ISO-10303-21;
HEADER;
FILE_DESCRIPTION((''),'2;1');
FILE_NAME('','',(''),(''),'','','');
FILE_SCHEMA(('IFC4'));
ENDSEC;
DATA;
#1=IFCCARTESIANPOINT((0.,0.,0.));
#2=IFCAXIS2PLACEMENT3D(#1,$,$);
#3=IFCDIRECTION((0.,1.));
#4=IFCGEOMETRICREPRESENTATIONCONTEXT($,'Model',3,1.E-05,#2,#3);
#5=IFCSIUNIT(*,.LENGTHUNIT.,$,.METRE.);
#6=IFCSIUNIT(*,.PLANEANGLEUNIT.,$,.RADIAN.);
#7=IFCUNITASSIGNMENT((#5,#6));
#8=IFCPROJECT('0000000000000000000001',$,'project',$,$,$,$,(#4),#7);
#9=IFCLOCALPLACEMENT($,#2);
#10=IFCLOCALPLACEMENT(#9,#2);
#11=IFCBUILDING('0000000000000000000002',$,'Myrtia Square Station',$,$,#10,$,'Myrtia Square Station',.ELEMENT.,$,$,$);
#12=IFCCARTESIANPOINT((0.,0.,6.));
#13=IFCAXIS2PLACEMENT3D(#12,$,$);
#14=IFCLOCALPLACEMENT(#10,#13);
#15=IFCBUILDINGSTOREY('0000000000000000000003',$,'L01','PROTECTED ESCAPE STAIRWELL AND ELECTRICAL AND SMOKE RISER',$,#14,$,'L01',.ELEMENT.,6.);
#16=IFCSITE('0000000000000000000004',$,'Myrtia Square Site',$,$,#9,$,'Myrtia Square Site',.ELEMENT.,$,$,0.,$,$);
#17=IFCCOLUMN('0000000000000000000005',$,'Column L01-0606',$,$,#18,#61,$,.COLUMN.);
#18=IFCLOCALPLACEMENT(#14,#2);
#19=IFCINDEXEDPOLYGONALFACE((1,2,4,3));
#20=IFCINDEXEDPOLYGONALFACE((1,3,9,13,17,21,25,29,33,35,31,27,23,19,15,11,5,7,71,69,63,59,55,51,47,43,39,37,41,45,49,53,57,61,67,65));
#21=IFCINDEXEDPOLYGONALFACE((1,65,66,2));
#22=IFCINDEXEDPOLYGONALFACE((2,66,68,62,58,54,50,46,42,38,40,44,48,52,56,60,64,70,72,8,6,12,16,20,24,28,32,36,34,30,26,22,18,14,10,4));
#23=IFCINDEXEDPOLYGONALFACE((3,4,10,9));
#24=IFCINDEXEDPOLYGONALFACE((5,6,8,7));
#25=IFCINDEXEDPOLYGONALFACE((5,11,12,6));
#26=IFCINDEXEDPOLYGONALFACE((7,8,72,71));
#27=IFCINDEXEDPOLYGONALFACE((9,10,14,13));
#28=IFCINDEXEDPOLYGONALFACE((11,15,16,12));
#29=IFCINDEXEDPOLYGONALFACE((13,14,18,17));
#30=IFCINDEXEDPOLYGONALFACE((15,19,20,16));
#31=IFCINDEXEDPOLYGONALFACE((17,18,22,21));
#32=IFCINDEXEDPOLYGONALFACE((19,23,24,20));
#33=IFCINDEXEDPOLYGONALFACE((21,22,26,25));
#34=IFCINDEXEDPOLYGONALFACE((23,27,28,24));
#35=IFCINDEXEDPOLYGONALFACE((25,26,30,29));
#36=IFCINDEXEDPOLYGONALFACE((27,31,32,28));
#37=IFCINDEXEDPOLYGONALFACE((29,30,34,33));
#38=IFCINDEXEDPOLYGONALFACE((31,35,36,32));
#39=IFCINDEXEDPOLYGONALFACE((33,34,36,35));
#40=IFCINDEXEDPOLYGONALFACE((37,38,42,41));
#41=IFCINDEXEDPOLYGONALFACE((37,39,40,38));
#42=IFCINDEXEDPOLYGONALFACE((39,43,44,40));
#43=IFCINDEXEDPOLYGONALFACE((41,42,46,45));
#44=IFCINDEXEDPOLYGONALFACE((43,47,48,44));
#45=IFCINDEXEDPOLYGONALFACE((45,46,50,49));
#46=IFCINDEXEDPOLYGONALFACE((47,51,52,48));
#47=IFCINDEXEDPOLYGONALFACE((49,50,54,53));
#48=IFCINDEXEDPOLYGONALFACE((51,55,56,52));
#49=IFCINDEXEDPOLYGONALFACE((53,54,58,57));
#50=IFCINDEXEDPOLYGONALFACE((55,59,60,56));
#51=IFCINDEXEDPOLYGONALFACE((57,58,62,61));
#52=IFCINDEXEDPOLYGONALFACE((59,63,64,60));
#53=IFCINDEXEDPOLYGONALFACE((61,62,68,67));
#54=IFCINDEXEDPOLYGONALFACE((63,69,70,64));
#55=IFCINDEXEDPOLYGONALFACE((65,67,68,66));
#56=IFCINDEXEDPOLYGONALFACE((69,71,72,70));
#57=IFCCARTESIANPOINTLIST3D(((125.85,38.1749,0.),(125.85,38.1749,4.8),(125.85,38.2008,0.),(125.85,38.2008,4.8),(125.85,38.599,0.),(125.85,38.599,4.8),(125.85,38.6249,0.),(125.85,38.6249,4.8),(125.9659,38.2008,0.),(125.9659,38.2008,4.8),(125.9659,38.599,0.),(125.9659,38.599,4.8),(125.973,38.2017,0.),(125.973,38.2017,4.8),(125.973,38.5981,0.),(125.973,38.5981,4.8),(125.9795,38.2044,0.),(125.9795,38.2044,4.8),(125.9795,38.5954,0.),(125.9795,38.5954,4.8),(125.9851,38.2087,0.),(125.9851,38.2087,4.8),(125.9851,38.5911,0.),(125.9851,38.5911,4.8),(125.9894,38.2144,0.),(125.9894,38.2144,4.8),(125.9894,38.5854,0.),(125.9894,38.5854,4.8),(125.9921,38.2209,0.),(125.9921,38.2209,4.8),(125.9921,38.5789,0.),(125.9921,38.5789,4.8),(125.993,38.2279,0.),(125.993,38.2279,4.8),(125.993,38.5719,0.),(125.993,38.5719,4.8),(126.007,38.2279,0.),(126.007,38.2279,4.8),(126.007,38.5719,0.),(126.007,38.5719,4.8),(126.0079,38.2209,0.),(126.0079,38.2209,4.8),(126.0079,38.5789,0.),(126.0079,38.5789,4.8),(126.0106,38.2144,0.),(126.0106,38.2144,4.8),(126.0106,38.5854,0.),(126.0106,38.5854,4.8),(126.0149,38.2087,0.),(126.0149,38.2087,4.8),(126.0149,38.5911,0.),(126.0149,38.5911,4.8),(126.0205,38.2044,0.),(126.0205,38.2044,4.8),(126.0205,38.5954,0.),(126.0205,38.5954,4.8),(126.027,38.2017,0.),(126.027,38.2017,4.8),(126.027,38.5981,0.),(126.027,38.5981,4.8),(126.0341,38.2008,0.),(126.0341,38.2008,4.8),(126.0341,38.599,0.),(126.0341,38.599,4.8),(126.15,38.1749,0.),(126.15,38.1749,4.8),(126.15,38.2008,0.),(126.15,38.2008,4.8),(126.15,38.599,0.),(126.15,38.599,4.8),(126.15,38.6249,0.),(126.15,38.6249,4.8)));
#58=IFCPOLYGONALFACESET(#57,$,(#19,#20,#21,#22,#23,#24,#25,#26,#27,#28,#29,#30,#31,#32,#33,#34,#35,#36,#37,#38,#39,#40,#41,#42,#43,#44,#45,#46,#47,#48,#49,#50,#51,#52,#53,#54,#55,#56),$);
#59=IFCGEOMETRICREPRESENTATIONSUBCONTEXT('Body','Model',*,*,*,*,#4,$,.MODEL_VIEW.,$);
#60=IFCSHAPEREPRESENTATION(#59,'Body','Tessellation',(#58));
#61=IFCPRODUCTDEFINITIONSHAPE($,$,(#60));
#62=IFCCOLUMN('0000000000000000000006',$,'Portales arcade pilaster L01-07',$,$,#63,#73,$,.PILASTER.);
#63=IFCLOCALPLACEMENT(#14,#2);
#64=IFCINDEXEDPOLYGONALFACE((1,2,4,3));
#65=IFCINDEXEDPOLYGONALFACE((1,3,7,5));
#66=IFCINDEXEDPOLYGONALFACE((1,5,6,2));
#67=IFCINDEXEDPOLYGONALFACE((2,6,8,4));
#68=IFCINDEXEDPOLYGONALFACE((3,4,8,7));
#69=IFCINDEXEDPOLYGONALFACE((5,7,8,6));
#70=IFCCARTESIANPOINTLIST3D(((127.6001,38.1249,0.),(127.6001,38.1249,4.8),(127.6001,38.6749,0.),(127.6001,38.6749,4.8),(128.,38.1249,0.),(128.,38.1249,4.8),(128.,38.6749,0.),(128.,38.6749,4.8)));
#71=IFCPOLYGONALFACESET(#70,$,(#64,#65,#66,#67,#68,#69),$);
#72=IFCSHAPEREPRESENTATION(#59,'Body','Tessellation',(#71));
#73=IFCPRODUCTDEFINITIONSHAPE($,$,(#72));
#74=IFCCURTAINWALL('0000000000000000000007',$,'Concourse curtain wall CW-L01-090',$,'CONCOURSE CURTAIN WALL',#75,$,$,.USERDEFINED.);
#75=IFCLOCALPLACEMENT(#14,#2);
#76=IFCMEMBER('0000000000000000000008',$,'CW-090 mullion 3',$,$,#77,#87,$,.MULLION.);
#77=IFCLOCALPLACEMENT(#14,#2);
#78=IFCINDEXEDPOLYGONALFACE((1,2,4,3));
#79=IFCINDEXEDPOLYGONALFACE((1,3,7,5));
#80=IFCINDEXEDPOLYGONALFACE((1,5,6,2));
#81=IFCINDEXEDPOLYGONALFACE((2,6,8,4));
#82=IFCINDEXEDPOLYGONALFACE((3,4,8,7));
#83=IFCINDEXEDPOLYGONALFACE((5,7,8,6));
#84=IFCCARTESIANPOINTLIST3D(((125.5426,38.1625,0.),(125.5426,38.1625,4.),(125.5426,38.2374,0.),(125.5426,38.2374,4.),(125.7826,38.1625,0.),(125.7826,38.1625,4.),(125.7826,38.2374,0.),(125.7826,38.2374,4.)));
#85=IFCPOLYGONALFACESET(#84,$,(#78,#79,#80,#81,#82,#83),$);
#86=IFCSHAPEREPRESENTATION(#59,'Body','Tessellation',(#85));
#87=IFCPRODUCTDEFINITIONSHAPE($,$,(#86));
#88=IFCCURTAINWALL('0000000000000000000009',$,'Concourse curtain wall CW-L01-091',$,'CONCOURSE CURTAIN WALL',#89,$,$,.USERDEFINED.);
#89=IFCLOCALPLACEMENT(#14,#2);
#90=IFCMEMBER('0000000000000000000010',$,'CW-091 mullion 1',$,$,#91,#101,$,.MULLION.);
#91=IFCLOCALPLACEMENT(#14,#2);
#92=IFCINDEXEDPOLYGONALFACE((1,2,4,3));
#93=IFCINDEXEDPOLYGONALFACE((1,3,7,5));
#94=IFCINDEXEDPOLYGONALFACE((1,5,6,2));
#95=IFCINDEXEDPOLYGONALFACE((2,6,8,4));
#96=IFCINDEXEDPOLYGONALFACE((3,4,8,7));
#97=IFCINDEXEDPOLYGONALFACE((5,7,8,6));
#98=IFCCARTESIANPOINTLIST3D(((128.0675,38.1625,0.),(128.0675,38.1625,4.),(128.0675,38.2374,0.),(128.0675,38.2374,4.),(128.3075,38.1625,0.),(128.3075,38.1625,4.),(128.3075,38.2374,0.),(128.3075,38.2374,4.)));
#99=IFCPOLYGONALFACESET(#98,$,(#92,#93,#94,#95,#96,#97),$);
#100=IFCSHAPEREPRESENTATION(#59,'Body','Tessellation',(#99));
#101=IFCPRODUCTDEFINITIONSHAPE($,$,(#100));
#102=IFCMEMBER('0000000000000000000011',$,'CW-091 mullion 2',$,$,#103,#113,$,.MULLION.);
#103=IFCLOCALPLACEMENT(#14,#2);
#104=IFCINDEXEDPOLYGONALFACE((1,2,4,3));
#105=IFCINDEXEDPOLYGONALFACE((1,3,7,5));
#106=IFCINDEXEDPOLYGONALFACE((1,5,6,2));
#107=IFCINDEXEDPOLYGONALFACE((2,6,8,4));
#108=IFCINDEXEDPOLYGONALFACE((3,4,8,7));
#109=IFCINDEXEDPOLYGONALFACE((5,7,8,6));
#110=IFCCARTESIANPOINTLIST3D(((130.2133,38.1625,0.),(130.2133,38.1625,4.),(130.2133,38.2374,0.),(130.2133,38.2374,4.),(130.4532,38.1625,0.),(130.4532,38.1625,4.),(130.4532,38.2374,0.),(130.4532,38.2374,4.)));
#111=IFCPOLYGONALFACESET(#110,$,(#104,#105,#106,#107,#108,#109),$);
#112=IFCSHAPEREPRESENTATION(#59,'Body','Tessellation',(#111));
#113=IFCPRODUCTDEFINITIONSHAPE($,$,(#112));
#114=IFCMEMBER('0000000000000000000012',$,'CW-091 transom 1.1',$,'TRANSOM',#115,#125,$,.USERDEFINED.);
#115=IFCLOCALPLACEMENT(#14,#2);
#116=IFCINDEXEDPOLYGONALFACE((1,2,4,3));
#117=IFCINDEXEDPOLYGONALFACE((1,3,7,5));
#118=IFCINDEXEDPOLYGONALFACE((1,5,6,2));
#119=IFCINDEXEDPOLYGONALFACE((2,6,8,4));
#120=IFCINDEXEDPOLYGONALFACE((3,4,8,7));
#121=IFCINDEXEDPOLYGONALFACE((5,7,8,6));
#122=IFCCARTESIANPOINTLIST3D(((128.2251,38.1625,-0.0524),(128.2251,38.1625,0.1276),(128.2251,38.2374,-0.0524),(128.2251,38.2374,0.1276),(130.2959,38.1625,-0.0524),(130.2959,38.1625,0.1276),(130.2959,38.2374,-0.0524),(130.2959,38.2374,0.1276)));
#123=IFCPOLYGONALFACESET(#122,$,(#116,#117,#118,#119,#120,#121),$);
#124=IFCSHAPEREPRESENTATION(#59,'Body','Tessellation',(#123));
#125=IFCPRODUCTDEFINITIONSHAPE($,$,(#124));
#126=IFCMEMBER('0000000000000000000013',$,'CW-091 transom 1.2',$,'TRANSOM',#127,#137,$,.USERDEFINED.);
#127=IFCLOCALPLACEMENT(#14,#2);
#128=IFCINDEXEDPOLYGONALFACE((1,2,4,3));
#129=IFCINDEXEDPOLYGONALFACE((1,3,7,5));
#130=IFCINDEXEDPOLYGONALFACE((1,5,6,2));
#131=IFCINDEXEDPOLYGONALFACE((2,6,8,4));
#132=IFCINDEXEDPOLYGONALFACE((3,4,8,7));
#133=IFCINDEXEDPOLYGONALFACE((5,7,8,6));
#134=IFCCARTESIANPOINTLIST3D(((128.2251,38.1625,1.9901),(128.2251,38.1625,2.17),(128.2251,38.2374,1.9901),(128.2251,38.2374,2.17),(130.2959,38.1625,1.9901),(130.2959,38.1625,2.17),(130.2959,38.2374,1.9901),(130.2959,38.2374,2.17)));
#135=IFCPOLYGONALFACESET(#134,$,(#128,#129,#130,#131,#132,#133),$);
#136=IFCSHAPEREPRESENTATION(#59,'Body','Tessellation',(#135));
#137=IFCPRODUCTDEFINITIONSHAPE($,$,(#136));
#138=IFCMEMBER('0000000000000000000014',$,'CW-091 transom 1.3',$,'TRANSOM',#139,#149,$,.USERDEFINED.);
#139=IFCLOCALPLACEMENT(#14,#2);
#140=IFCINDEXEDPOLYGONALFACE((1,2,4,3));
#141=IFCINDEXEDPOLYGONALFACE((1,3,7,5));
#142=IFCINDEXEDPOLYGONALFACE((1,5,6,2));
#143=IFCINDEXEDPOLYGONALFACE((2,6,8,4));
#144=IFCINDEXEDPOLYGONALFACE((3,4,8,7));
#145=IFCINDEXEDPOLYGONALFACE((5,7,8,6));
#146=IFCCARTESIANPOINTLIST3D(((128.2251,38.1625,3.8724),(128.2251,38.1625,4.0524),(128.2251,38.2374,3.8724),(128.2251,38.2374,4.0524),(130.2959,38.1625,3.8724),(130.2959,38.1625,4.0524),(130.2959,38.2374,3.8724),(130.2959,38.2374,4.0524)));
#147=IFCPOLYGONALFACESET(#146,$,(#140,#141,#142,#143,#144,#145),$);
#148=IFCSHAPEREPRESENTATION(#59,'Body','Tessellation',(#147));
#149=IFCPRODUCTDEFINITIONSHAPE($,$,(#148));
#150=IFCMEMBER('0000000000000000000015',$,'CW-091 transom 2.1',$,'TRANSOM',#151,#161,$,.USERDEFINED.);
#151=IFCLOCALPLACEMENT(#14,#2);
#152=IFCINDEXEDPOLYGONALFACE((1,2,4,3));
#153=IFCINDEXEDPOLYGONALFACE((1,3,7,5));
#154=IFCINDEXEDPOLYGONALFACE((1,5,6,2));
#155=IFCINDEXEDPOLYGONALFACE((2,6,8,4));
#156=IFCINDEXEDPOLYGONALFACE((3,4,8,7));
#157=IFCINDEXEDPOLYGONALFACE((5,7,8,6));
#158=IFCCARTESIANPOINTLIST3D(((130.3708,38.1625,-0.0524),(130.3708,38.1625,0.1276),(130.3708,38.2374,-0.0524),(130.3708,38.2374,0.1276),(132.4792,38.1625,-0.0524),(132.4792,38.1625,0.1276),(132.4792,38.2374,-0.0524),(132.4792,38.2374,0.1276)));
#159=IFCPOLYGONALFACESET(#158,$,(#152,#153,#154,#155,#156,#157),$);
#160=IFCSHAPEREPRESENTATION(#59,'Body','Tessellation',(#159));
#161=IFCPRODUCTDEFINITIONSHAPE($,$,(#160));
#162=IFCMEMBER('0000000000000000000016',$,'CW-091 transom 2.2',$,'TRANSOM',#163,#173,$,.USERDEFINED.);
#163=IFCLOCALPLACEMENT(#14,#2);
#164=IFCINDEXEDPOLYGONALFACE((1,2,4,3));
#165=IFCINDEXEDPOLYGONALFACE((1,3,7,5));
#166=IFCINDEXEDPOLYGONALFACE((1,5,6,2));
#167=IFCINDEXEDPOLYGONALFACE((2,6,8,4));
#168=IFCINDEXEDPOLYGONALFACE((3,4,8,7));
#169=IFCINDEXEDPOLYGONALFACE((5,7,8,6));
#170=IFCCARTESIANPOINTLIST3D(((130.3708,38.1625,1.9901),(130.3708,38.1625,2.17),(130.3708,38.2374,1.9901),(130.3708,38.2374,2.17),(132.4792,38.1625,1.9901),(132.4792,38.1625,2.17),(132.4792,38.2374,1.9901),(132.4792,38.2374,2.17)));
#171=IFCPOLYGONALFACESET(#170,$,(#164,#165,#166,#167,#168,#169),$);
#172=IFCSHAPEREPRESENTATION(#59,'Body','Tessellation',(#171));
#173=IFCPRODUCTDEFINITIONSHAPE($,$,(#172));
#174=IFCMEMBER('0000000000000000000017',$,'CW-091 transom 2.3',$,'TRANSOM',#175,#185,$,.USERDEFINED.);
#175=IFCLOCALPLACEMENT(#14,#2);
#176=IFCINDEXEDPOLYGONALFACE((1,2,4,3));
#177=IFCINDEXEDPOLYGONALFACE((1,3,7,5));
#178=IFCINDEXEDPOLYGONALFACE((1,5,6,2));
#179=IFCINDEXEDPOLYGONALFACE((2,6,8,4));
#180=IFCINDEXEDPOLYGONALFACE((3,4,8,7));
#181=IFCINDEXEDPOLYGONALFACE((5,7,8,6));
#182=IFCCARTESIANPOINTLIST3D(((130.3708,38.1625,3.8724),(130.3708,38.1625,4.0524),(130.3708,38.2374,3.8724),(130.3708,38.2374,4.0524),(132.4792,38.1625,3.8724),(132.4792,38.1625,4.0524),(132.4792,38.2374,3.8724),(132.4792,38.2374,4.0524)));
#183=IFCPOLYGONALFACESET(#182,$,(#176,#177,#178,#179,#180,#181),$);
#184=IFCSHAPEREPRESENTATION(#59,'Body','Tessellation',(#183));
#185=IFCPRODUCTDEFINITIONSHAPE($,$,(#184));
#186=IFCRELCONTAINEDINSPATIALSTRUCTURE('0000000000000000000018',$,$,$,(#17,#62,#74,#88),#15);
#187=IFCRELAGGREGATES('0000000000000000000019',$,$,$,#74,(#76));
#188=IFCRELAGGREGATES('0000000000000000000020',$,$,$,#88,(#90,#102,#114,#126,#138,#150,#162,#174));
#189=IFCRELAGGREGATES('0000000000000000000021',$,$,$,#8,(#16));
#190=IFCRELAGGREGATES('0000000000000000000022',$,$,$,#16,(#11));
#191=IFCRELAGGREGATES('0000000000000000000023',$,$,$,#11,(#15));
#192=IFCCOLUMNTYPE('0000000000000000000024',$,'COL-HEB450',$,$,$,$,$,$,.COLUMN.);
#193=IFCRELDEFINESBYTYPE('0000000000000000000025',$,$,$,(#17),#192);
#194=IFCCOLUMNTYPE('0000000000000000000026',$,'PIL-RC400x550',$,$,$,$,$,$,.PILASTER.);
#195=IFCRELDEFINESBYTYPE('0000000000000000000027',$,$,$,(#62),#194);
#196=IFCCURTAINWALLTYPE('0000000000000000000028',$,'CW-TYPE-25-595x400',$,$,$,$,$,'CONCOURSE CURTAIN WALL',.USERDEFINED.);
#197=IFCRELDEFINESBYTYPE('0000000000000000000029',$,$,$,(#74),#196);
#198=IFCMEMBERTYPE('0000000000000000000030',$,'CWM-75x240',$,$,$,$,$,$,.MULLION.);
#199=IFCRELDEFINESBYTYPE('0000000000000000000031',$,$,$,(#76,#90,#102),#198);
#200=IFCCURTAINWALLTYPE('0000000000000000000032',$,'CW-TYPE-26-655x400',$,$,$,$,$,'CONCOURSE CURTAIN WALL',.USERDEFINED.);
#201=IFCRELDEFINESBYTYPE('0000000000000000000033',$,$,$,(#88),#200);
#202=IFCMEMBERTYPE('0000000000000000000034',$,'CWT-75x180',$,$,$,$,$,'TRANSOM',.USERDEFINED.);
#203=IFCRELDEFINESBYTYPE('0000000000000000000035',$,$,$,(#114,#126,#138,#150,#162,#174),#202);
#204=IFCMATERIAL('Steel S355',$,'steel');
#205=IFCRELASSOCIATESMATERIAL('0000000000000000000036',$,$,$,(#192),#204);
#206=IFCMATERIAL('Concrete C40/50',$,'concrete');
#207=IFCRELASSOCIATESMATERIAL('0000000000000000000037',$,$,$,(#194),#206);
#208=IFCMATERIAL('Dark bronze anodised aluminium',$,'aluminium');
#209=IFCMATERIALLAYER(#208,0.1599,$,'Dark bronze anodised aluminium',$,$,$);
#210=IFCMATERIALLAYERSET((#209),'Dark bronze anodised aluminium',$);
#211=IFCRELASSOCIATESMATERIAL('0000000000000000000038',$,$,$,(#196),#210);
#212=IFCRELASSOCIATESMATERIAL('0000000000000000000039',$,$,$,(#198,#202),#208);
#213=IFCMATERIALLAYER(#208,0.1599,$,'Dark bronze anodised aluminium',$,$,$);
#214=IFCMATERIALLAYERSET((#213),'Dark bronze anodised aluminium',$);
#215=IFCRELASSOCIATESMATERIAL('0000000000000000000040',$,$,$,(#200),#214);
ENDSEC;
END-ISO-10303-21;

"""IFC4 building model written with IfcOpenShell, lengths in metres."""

from ifc_helpers import new_model, si_unit, direction, frame, origin, origin_2d, place, context, subcontext, project, spatial, rectangle, i_section, extrude, material, layer, layer_set, material_profile, profile_set, type_object, element, aggregate, save


model = new_model("IFC4")

# Units and contexts
model_context = context("Model", 3, precision=1e-05, world=origin(), true_north=direction((0.0, 1.0)))
body_context = subcontext(model_context, "Body", "Model", "MODEL_VIEW")
ifc_project = project(units=[si_unit("LENGTHUNIT", "METRE"), si_unit("PLANEANGLEUNIT", "RADIAN")], contexts=[model_context])

# Site, building, storey
site_placement = place(None, origin())
site = spatial("IfcSite", under=ifc_project, at=site_placement, Name="Myrtia Square Site", LongName="Myrtia Square Site", CompositionType="ELEMENT", RefElevation=0.0)
building_placement = place(site_placement, origin())
building = spatial("IfcBuilding", under=site, at=building_placement, Name="Myrtia Square Station", LongName="Myrtia Square Station", CompositionType="ELEMENT")
storey_placement = place(building_placement, frame((0.0, 0.0, 6.0)))
storey = spatial("IfcBuildingStorey", under=building, at=storey_placement, Name="L01", Description="PROTECTED ESCAPE STAIRWELL AND ELECTRICAL AND SMOKE RISER", LongName="L01", CompositionType="ELEMENT", Elevation=6.0)

# Columns
ifc_material_1 = material(Name="Steel S355", Category="steel")
ifc_material_profile_1 = material_profile(ifc_material_1, i_section(OverallWidth=0.3, OverallDepth=0.45, WebThickness=0.0139, FlangeThickness=0.0259, FilletRadius=0.0271, at=origin_2d()), Name="HEB 450")
ifc_profile_set_1 = profile_set([ifc_material_profile_1], Name="Steel S355")
column_type_1 = type_object("IfcColumnType", Name="COL-HEB450", PredefinedType="COLUMN", material=ifc_profile_set_1)
column_1_placement = place(storey_placement, frame((126.0, 38.3999, 0.0), z_axis=(0.0, 0.0, 1.0), x_axis=(1.0, 0.0, 0.0)))
element("IfcColumn", 1, at=column_1_placement, inside=storey, type_object=column_type_1, Name="Column L01-0606", PredefinedType="COLUMN", context=body_context, shape_type="SweptSolid", body=[
    extrude(i_section(OverallWidth=0.3, OverallDepth=0.45, WebThickness=0.0139, FlangeThickness=0.0259, FilletRadius=0.0271, at=origin_2d()), origin(), (0.0, 0.0, 1.0), 4.8),
])
ifc_material_2 = material(Name="Concrete C40/50", Category="concrete")
ifc_material_profile_2 = material_profile(ifc_material_2, rectangle(XDim=0.3999, YDim=0.55, at=origin_2d()), Name="PIL 400x550")
ifc_profile_set_2 = profile_set([ifc_material_profile_2], Name="Concrete C40/50")
column_type_2 = type_object("IfcColumnType", Name="PIL-RC400x550", PredefinedType="PILASTER", material=ifc_profile_set_2)
column_2_placement = place(storey_placement, frame((127.8, 38.3999, 0.0), z_axis=(0.0, 0.0, 1.0), x_axis=(1.0, 0.0, 0.0)))
element("IfcColumn", 2, at=column_2_placement, inside=storey, type_object=column_type_2, Name="Portales arcade pilaster L01-07", PredefinedType="PILASTER", context=body_context, shape_type="SweptSolid", body=[
    extrude(rectangle(XDim=0.3999, YDim=0.55, at=origin_2d()), origin(), (0.0, 0.0, 1.0), 4.8),
])

# Curtain wall, member
ifc_material_3 = material(Name="Dark bronze anodised aluminium", Category="aluminium")
ifc_layer_1 = layer(ifc_material_3, 0.1599, Name="Dark bronze anodised aluminium")
ifc_layer_set_1 = layer_set([ifc_layer_1], Name="Dark bronze anodised aluminium")
curtain_wall_type_1 = type_object("IfcCurtainWallType", Name="CW-TYPE-25-595x400", ElementType="CONCOURSE CURTAIN WALL", PredefinedType="USERDEFINED", material=ifc_layer_set_1)
curtain_wall_1_placement = place(storey_placement, origin())
curtain_wall_1 = element("IfcCurtainWall", 3, at=curtain_wall_1_placement, inside=storey, type_object=curtain_wall_type_1, Name="Concourse curtain wall CW-L01-090", ObjectType="CONCOURSE CURTAIN WALL", PredefinedType="USERDEFINED")
ifc_material_profile_3 = material_profile(ifc_material_3, rectangle(XDim=0.075, YDim=0.24, at=origin_2d()), Name="ALU-M 75x240")
ifc_profile_set_3 = profile_set([ifc_material_profile_3], Name="Dark bronze anodised aluminium")
member_type_1 = type_object("IfcMemberType", Name="CWM-75x240", PredefinedType="MULLION", material=ifc_profile_set_3)
member_1_placement = place(storey_placement, frame((125.6626, 38.2, 0.0), z_axis=(0.0, 0.0, 1.0), x_axis=(0.0, 1.0, 0.0)))
member_1 = element("IfcMember", 4, at=member_1_placement, type_object=member_type_1, Name="CW-090 mullion 3", PredefinedType="MULLION", context=body_context, shape_type="SweptSolid", body=[
    extrude(rectangle(XDim=0.075, YDim=0.24, at=origin_2d()), origin(), (0.0, 0.0, 1.0), 4.0),
])
aggregate(curtain_wall_1, [member_1])

# Curtain wall, members
ifc_layer_2 = layer(ifc_material_3, 0.1599, Name="Dark bronze anodised aluminium")
ifc_layer_set_2 = layer_set([ifc_layer_2], Name="Dark bronze anodised aluminium")
curtain_wall_type_2 = type_object("IfcCurtainWallType", Name="CW-TYPE-26-655x400", ElementType="CONCOURSE CURTAIN WALL", PredefinedType="USERDEFINED", material=ifc_layer_set_2)
curtain_wall_2_placement = place(storey_placement, origin())
curtain_wall_2 = element("IfcCurtainWall", 5, at=curtain_wall_2_placement, inside=storey, type_object=curtain_wall_type_2, Name="Concourse curtain wall CW-L01-091", ObjectType="CONCOURSE CURTAIN WALL", PredefinedType="USERDEFINED")
member_2_placement = place(storey_placement, frame((128.1875, 38.2, 0.0), z_axis=(0.0, 0.0, 1.0), x_axis=(0.0, 1.0, 0.0)))
member_2 = element("IfcMember", 6, at=member_2_placement, type_object=member_type_1, Name="CW-091 mullion 1", PredefinedType="MULLION", context=body_context, shape_type="SweptSolid", body=[
    extrude(rectangle(XDim=0.075, YDim=0.24, at=origin_2d()), origin(), (0.0, 0.0, 1.0), 4.0),
])
member_3_placement = place(storey_placement, frame((130.3333, 38.2, 0.0), z_axis=(0.0, 0.0, 1.0), x_axis=(0.0, 1.0, 0.0)))
member_3 = element("IfcMember", 7, at=member_3_placement, type_object=member_type_1, Name="CW-091 mullion 2", PredefinedType="MULLION", context=body_context, shape_type="SweptSolid", body=[
    extrude(rectangle(XDim=0.075, YDim=0.24, at=origin_2d()), origin(), (0.0, 0.0, 1.0), 4.0),
])
ifc_material_profile_4 = material_profile(ifc_material_3, rectangle(XDim=0.075, YDim=0.1799, at=origin_2d()), Name="ALU-T 75x180")
ifc_profile_set_4 = profile_set([ifc_material_profile_4], Name="Dark bronze anodised aluminium")
member_type_2 = type_object("IfcMemberType", Name="CWT-75x180", ElementType="TRANSOM", PredefinedType="USERDEFINED", material=ifc_profile_set_4)
member_4_placement = place(storey_placement, frame((128.2251, 38.2, 0.0376), z_axis=(1.0, 0.0, 0.0), x_axis=(0.0, 1.0, 0.0)))
member_4 = element("IfcMember", 8, at=member_4_placement, type_object=member_type_2, Name="CW-091 transom 1.1", ObjectType="TRANSOM", PredefinedType="USERDEFINED", context=body_context, shape_type="SweptSolid", body=[
    extrude(rectangle(XDim=0.075, YDim=0.1799, at=origin_2d()), origin(), (0.0, 0.0, 1.0), 2.0708),
])
member_5_placement = place(storey_placement, frame((128.2251, 38.2, 2.0801), z_axis=(1.0, 0.0, 0.0), x_axis=(0.0, 1.0, 0.0)))
member_5 = element("IfcMember", 9, at=member_5_placement, type_object=member_type_2, Name="CW-091 transom 1.2", ObjectType="TRANSOM", PredefinedType="USERDEFINED", context=body_context, shape_type="SweptSolid", body=[
    extrude(rectangle(XDim=0.075, YDim=0.1799, at=origin_2d()), origin(), (0.0, 0.0, 1.0), 2.0708),
])
member_6_placement = place(storey_placement, frame((128.2251, 38.2, 3.9624), z_axis=(1.0, 0.0, 0.0), x_axis=(0.0, 1.0, 0.0)))
member_6 = element("IfcMember", 10, at=member_6_placement, type_object=member_type_2, Name="CW-091 transom 1.3", ObjectType="TRANSOM", PredefinedType="USERDEFINED", context=body_context, shape_type="SweptSolid", body=[
    extrude(rectangle(XDim=0.075, YDim=0.1799, at=origin_2d()), origin(), (0.0, 0.0, 1.0), 2.0708),
])
member_7_placement = place(storey_placement, frame((130.3708, 38.2, 0.0376), z_axis=(1.0, 0.0, 0.0), x_axis=(0.0, 1.0, 0.0)))
member_7 = element("IfcMember", 11, at=member_7_placement, type_object=member_type_2, Name="CW-091 transom 2.1", ObjectType="TRANSOM", PredefinedType="USERDEFINED", context=body_context, shape_type="SweptSolid", body=[
    extrude(rectangle(XDim=0.075, YDim=0.1799, at=origin_2d()), origin(), (0.0, 0.0, 1.0), 2.1084),
])
member_8_placement = place(storey_placement, frame((130.3708, 38.2, 2.0801), z_axis=(1.0, 0.0, 0.0), x_axis=(0.0, 1.0, 0.0)))
member_8 = element("IfcMember", 12, at=member_8_placement, type_object=member_type_2, Name="CW-091 transom 2.2", ObjectType="TRANSOM", PredefinedType="USERDEFINED", context=body_context, shape_type="SweptSolid", body=[
    extrude(rectangle(XDim=0.075, YDim=0.1799, at=origin_2d()), origin(), (0.0, 0.0, 1.0), 2.1084),
])
member_9_placement = place(storey_placement, frame((130.3708, 38.2, 3.9624), z_axis=(1.0, 0.0, 0.0), x_axis=(0.0, 1.0, 0.0)))
member_9 = element("IfcMember", 13, at=member_9_placement, type_object=member_type_2, Name="CW-091 transom 2.3", ObjectType="TRANSOM", PredefinedType="USERDEFINED", context=body_context, shape_type="SweptSolid", body=[
    extrude(rectangle(XDim=0.075, YDim=0.1799, at=origin_2d()), origin(), (0.0, 0.0, 1.0), 2.1084),
])

aggregate(curtain_wall_2, [member_2, member_3, member_4, member_5, member_6, member_7, member_8, member_9])

save(model, "model.ifc")
